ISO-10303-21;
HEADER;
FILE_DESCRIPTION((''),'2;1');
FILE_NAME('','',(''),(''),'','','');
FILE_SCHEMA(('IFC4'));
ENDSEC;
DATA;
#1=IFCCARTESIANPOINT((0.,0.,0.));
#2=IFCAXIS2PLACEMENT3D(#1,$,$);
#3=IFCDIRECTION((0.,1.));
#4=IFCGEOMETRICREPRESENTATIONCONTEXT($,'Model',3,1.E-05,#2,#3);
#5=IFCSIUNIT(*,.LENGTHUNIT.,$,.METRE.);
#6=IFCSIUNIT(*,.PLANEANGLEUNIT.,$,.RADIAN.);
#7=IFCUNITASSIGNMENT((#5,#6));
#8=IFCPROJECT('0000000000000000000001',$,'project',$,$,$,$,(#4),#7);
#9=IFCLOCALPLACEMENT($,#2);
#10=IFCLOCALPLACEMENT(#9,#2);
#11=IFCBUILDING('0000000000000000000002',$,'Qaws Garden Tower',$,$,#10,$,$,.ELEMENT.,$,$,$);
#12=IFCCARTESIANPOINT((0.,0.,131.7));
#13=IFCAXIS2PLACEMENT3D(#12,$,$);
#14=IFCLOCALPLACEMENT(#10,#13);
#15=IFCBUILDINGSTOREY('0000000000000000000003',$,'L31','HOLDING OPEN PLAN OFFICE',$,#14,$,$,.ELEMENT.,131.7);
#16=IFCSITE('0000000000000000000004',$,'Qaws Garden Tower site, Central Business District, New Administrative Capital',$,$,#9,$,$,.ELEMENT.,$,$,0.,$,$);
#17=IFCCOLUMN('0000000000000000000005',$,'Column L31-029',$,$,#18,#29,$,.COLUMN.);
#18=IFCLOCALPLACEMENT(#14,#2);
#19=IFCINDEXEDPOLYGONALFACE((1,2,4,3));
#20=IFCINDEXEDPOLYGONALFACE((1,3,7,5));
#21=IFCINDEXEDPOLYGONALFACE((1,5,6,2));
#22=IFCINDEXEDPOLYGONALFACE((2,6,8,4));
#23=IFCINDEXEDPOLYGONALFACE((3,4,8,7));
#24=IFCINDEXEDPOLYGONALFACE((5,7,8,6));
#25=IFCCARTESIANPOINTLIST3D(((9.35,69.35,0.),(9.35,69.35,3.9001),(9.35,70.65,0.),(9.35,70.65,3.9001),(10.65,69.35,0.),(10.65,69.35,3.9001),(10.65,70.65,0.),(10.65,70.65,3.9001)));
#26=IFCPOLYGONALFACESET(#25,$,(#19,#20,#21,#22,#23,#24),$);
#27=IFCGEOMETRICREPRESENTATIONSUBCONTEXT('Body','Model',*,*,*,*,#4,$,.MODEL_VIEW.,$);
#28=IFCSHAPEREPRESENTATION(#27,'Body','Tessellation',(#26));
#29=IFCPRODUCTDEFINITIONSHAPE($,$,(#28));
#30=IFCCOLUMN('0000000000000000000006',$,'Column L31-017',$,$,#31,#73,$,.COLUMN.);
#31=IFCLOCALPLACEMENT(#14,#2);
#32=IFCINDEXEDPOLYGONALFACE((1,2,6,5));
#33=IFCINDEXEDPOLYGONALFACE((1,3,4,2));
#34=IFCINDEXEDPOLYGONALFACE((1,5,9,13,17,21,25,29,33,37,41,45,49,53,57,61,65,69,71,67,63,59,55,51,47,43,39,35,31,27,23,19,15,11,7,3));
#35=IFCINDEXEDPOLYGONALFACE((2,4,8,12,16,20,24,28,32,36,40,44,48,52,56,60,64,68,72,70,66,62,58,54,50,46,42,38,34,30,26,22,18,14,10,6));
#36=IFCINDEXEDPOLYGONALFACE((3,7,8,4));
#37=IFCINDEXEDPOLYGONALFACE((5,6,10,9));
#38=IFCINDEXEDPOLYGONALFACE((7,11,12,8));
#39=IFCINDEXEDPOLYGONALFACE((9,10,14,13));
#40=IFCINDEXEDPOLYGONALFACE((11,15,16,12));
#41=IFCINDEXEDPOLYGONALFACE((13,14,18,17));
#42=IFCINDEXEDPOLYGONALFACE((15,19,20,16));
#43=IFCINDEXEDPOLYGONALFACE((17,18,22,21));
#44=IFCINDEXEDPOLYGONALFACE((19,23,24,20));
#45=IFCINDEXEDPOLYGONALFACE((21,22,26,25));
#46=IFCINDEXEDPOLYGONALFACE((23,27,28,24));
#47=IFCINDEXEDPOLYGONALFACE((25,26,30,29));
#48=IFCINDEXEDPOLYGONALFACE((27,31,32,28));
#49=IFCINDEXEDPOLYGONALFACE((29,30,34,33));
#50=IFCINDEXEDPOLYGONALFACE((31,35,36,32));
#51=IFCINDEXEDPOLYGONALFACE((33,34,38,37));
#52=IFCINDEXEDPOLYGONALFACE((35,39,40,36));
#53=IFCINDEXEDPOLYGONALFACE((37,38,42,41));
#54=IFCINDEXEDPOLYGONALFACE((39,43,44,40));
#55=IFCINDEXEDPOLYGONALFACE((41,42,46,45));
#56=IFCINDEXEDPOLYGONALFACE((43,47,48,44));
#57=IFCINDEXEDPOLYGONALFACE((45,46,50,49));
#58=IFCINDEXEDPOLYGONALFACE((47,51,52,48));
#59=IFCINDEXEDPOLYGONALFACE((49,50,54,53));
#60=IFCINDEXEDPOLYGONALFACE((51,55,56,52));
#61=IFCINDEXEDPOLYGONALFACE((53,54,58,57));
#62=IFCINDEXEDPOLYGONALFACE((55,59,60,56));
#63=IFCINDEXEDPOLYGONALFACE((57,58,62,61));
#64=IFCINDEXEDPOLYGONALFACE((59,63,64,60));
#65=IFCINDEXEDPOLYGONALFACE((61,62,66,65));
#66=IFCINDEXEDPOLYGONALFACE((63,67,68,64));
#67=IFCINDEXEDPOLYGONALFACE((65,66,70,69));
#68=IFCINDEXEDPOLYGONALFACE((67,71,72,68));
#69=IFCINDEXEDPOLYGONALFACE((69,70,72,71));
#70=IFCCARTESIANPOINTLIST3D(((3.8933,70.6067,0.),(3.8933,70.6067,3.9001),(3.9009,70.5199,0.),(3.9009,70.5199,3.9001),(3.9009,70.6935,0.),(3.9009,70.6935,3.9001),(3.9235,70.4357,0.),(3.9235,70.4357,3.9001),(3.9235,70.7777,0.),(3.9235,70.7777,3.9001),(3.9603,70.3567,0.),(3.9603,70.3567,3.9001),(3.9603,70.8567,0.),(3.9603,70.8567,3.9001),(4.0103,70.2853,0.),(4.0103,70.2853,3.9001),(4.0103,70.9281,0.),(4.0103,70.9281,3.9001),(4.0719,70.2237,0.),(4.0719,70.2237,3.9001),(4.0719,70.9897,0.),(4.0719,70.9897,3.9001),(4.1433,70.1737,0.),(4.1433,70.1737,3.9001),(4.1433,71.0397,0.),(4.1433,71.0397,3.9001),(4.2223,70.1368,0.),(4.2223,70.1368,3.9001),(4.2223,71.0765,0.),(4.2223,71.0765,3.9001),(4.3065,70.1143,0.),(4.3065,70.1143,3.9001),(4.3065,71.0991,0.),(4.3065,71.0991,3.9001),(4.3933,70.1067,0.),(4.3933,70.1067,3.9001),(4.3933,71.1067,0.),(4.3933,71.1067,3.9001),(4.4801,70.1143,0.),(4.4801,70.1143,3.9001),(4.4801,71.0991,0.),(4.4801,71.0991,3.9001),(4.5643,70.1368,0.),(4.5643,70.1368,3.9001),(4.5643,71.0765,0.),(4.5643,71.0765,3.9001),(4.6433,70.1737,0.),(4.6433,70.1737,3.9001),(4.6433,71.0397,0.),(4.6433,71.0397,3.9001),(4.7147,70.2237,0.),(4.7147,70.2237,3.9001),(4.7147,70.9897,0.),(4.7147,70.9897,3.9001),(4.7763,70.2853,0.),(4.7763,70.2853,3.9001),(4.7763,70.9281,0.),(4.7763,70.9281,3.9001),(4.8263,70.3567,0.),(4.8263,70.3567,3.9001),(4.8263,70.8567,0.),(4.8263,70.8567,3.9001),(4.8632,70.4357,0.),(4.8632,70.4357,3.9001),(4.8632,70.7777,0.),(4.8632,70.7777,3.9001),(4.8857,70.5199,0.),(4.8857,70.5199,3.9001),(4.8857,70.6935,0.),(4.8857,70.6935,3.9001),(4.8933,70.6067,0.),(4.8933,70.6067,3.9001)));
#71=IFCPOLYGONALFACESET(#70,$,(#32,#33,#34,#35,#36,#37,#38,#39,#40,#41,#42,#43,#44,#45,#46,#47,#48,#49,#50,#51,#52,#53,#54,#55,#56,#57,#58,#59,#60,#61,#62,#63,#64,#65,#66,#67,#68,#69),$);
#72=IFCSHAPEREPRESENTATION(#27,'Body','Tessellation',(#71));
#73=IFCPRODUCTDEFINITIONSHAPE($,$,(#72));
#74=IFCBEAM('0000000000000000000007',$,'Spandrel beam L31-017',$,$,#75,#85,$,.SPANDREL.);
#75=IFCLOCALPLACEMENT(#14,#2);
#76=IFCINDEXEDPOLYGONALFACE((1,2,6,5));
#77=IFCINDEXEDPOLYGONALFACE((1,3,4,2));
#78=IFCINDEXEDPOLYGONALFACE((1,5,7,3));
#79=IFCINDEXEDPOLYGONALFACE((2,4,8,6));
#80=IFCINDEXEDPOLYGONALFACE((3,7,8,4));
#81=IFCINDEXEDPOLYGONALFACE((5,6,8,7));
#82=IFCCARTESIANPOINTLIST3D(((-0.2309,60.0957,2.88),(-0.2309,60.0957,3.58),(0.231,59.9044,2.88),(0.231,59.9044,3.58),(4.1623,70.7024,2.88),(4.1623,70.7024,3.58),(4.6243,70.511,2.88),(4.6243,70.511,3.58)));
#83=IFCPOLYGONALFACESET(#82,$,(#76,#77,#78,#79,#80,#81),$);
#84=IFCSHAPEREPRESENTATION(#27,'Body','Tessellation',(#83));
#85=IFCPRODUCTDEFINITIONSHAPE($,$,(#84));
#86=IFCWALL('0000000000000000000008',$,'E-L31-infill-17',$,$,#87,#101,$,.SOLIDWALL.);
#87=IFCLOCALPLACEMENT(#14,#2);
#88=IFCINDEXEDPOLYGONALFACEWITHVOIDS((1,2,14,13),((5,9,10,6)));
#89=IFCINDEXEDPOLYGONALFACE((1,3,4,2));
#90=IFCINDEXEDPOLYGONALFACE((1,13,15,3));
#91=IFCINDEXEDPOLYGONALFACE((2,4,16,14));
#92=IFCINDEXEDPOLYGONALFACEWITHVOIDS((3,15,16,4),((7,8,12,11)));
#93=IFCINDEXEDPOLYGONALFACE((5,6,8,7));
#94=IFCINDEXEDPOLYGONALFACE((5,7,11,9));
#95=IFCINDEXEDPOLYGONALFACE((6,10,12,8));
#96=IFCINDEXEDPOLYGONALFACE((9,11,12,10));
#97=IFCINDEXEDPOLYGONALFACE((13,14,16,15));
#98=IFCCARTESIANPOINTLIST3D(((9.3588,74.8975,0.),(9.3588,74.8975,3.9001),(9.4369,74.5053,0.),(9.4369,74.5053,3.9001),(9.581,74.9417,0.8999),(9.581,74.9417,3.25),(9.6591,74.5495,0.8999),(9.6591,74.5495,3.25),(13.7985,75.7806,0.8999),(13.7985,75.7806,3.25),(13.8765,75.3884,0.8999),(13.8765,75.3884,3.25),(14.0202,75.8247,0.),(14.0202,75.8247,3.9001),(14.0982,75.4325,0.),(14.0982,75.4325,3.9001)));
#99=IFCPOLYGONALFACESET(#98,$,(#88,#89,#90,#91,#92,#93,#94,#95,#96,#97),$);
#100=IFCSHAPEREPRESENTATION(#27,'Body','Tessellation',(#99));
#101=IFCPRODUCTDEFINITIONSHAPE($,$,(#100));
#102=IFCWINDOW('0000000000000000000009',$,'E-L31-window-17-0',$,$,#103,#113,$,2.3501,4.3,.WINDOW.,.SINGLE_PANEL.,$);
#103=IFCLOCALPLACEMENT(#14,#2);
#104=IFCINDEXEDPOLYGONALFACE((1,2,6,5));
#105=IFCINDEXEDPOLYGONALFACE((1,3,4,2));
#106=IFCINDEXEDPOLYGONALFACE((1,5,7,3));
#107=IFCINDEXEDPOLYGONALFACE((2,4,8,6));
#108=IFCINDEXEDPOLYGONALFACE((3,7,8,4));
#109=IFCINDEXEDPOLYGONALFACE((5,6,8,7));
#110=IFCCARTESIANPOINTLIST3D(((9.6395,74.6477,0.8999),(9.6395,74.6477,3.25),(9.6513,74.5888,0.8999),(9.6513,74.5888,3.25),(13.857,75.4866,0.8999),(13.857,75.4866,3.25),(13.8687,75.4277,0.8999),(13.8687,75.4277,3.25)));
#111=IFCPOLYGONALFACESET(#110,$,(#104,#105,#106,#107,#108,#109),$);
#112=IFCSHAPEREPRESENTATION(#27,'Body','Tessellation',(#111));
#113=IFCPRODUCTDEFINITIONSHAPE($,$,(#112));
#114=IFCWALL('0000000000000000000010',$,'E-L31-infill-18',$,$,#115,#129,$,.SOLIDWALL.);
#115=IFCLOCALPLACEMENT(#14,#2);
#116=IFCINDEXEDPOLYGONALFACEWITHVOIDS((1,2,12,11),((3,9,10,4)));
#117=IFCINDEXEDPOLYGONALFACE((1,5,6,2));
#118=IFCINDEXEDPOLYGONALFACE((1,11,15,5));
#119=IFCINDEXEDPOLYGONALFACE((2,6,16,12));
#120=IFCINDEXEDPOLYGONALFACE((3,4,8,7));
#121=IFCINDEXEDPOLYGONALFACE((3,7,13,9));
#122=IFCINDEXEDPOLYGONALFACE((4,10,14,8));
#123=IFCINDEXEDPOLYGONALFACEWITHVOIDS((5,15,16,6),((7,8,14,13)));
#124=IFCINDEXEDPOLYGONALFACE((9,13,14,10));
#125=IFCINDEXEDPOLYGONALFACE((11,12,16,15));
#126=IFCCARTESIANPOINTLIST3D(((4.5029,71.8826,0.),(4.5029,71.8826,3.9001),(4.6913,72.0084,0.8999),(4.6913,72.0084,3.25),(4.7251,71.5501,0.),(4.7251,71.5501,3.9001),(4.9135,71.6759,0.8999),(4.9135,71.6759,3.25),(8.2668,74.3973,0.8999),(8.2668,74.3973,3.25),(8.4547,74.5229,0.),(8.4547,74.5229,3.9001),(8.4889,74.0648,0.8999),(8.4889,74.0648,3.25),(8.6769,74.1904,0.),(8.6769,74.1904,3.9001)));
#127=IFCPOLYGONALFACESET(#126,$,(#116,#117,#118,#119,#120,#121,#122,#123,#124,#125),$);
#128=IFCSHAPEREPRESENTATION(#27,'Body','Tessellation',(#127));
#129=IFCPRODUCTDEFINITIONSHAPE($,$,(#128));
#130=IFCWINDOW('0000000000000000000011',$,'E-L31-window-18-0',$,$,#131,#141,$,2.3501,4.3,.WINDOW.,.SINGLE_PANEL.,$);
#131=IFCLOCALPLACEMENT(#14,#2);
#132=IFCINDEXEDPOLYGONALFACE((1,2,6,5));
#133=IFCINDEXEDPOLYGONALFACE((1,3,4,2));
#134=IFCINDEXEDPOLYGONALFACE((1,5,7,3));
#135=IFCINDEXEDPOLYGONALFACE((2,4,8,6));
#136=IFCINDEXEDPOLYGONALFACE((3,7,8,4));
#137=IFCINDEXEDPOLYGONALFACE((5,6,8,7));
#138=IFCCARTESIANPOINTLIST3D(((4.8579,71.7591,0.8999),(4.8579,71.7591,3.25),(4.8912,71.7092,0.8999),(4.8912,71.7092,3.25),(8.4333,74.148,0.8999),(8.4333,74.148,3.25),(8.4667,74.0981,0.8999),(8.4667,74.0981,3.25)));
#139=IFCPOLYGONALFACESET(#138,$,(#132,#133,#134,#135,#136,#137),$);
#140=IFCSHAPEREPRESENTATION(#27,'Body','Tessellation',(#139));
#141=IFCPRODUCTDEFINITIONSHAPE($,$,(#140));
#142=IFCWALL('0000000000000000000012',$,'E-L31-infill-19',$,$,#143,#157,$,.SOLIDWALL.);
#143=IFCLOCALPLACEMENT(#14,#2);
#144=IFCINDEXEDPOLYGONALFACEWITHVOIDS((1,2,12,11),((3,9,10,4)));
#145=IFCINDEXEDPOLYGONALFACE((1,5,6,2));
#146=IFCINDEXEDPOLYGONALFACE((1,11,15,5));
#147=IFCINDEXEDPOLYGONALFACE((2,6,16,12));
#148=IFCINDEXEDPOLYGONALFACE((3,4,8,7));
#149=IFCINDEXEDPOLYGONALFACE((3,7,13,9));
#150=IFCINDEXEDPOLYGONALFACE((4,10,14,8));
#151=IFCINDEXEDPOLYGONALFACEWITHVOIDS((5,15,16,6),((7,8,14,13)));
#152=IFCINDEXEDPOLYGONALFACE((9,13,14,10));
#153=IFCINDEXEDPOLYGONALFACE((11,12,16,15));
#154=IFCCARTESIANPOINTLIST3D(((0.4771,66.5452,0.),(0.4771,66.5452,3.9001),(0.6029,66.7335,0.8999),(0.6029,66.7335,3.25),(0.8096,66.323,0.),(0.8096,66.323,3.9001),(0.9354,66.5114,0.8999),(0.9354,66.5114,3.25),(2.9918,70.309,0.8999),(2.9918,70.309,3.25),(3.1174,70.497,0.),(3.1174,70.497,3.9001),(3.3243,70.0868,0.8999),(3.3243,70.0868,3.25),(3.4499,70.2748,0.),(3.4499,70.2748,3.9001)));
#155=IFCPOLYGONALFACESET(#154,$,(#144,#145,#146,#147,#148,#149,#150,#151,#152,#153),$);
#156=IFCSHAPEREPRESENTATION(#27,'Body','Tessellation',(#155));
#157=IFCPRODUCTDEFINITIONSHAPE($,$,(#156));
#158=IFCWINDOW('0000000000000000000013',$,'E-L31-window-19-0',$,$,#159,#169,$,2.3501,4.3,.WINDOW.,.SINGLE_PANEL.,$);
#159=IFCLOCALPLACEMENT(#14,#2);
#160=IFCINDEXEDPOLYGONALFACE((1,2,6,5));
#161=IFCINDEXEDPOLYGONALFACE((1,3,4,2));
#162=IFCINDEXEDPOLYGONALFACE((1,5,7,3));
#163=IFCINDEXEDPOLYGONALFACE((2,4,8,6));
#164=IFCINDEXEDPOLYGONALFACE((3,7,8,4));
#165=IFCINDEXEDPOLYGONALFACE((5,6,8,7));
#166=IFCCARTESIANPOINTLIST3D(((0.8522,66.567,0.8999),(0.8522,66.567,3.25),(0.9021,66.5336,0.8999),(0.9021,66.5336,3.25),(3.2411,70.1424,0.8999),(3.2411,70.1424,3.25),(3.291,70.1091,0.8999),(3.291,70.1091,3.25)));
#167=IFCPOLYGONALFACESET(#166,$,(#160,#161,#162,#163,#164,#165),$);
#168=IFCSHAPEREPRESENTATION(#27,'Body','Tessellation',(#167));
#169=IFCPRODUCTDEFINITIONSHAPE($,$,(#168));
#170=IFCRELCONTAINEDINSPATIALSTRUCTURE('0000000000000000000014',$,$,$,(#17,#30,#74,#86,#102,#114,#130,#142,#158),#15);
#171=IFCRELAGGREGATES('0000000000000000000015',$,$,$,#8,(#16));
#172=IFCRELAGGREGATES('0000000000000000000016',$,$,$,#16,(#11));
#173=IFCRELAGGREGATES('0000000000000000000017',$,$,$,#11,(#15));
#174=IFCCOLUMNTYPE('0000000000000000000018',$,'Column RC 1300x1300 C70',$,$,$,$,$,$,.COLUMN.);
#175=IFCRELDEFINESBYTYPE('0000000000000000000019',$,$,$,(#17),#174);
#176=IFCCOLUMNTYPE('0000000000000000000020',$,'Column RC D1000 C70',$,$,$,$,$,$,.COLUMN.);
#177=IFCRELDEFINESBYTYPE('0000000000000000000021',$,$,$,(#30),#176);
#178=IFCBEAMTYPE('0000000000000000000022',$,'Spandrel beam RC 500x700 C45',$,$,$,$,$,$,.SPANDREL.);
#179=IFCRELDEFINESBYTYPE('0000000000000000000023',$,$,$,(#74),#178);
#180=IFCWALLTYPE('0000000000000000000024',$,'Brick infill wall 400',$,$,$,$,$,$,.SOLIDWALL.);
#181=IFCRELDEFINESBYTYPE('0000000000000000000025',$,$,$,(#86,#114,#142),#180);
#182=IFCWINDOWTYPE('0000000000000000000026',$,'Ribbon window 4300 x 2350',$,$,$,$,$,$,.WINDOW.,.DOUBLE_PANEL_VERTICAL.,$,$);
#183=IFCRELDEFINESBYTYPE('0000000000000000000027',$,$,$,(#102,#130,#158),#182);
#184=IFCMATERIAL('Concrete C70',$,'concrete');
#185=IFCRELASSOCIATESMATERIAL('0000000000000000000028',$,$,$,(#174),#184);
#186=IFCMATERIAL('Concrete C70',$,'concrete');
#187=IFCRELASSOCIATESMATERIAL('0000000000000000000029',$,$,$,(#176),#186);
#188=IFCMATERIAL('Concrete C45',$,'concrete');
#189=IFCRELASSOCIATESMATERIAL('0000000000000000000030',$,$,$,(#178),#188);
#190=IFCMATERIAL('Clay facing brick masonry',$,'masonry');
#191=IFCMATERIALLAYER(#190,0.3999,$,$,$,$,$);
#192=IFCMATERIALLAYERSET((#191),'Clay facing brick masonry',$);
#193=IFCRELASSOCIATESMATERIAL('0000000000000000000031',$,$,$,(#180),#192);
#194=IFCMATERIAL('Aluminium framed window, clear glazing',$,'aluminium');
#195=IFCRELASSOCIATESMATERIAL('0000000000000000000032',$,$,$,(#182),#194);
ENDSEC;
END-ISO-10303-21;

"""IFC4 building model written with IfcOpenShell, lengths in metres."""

from ifc_helpers import new_model, si_unit, direction, frame, frame_2d, origin, origin_2d, place, context, subcontext, project, spatial, rectangle, circle, extrude, material, layer, layer_set, material_profile, profile_set, type_object, element, fill, save


model = new_model("IFC4")

# Units and contexts
model_context = context("Model", 3, precision=1e-05, world=origin(), true_north=direction((0.0, 1.0)))
body_context = subcontext(model_context, "Body", "Model", "MODEL_VIEW")
ifc_project = project(units=[si_unit("LENGTHUNIT", "METRE"), si_unit("PLANEANGLEUNIT", "RADIAN")], contexts=[model_context])

# Site, building, storey
site_placement = place(None, origin())
site = spatial("IfcSite", under=ifc_project, at=site_placement, Name="Qaws Garden Tower site, Central Business District, New Administrative Capital", CompositionType="ELEMENT", RefElevation=0.0)
building_placement = place(site_placement, origin())
building = spatial("IfcBuilding", under=site, at=building_placement, Name="Qaws Garden Tower", CompositionType="ELEMENT")
storey_placement = place(building_placement, frame((0.0, 0.0, 131.7)))
storey = spatial("IfcBuildingStorey", under=building, at=storey_placement, Name="L31", Description="HOLDING OPEN PLAN OFFICE", CompositionType="ELEMENT", Elevation=131.7)

# Columns
ifc_material_1 = material(Name="Concrete C70", Category="concrete")
ifc_material_profile_1 = material_profile(ifc_material_1, rectangle(XDim=1.3, YDim=1.3, at=origin_2d()), Name="RC 1300x1300")
ifc_profile_set_1 = profile_set([ifc_material_profile_1], Name="Concrete C70")
column_type_1 = type_object("IfcColumnType", Name="Column RC 1300x1300 C70", PredefinedType="COLUMN", material=ifc_profile_set_1)
column_1_placement = place(storey_placement, frame((10.0, 70.0, 0.0), z_axis=(0.0, 0.0, 1.0), x_axis=(1.0, 0.0, 0.0)))
element("IfcColumn", 1, at=column_1_placement, inside=storey, type_object=column_type_1, Name="Column L31-029", PredefinedType="COLUMN", context=body_context, shape_type="SweptSolid", body=[
    extrude(rectangle(XDim=1.3, YDim=1.3, at=origin_2d()), origin(), (0.0, 0.0, 1.0), 3.9001),
])
ifc_material_2 = material(Name="Concrete C70", Category="concrete")
ifc_material_profile_2 = material_profile(ifc_material_2, circle(Radius=0.5, at=origin_2d()), Name="RC D1000")
ifc_profile_set_2 = profile_set([ifc_material_profile_2], Name="Concrete C70")
column_type_2 = type_object("IfcColumnType", Name="Column RC D1000 C70", PredefinedType="COLUMN", material=ifc_profile_set_2)
column_2_placement = place(storey_placement, frame((4.3933, 70.6067, 0.0), z_axis=(0.0, 0.0, 1.0), x_axis=(1.0, 0.0, 0.0)))
element("IfcColumn", 2, at=column_2_placement, inside=storey, type_object=column_type_2, Name="Column L31-017", PredefinedType="COLUMN", context=body_context, shape_type="SweptSolid", body=[
    extrude(circle(Radius=0.5, at=origin_2d()), origin(), (0.0, 0.0, 1.0), 3.9001),
])

# Beam
ifc_material_3 = material(Name="Concrete C45", Category="concrete")
ifc_material_profile_3 = material_profile(ifc_material_3, rectangle(XDim=0.5, YDim=0.7, at=origin_2d()), Name="RC 500x700")
ifc_profile_set_3 = profile_set([ifc_material_profile_3], Name="Concrete C45")
beam_type = type_object("IfcBeamType", Name="Spandrel beam RC 500x700 C45", PredefinedType="SPANDREL", material=ifc_profile_set_3)
beam_placement = place(storey_placement, frame((4.3933, 70.6067, 3.23), z_axis=(-0.382674, -0.923883, 0.0), x_axis=(0.923883, -0.382674, 0.0)))
element("IfcBeam", 3, at=beam_placement, inside=storey, type_object=beam_type, Name="Spandrel beam L31-017", PredefinedType="SPANDREL", context=body_context, shape_type="SweptSolid", body=[
    extrude(rectangle(XDim=0.5, YDim=0.7, at=origin_2d()), origin(), (0.0, 0.0, 1.0), 11.4805),
])

# Walls, openings, windows
ifc_material_4 = material(Name="Clay facing brick masonry", Category="masonry")
ifc_layer_1 = layer(ifc_material_4, 0.3999)
ifc_layer_set_1 = layer_set([ifc_layer_1], Name="Clay facing brick masonry")
wall_type_1 = type_object("IfcWallType", Name="Brick infill wall 400", PredefinedType="SOLIDWALL", material=ifc_layer_set_1)
wall_1_placement = place(storey_placement, frame((14.0593, 75.6287, 0.0), z_axis=(0.0, 0.0, 1.0), x_axis=(-0.980784, -0.195099, 0.0)))
wall_1 = element("IfcWall", 4, at=wall_1_placement, inside=storey, type_object=wall_type_1, Name="E-L31-infill-17", PredefinedType="SOLIDWALL", context=body_context, shape_type="SweptSolid", body=[
    extrude(rectangle(XDim=4.7527, YDim=0.3999, at=frame_2d((2.3765, 0.0))), origin(), (0.0, 0.0, 1.0), 3.9001),
])
opening_1_placement = place(wall_1_placement, frame((0.2263, 0.0, 0.8999)))
opening_1 = element("IfcOpeningElement", 5, at=opening_1_placement, cuts=wall_1, PredefinedType="OPENING", context=body_context, shape_type="SweptSolid", body=[
    extrude(rectangle(XDim=4.3, YDim=2.3501, at=frame_2d((2.1499, 1.175))), frame((0.0, 0.21, 0.0), z_axis=(0.0, -1.0, 0.0), x_axis=(1.0, 0.0, 0.0)), (0.0, 0.0, 1.0), 0.4199),
])
ifc_material_5 = material(Name="Aluminium framed window, clear glazing", Category="aluminium")
window_type = type_object("IfcWindowType", Name="Ribbon window 4300 x 2350", PartitioningType="DOUBLE_PANEL_VERTICAL", PredefinedType="WINDOW", material=ifc_material_5)
window_1_placement = place(opening_1_placement, origin())
window_1 = element("IfcWindow", 6, at=window_1_placement, inside=storey, type_object=window_type, Name="E-L31-window-17-0", OverallHeight=2.3501, OverallWidth=4.3, PartitioningType="SINGLE_PANEL", PredefinedType="WINDOW", context=body_context, shape_type="SweptSolid", body=[
    extrude(rectangle(XDim=4.3, YDim=2.3501, at=frame_2d((2.1499, 1.175))), frame((0.0, 0.1599, 0.0), z_axis=(0.0, -1.0, 0.0), x_axis=(1.0, 0.0, 0.0)), (0.0, 0.0, 1.0), 0.0601),
])
fill(opening_1, window_1)
wall_2_placement = place(storey_placement, frame((8.5659, 74.3567, 0.0), z_axis=(0.0, 0.0, 1.0), x_axis=(-0.831489, -0.555542, 0.0)))
wall_2 = element("IfcWall", 7, at=wall_2_placement, inside=storey, type_object=wall_type_1, Name="E-L31-infill-18", PredefinedType="SOLIDWALL", context=body_context, shape_type="SweptSolid", body=[
    extrude(rectangle(XDim=4.7527, YDim=0.3999, at=frame_2d((2.3765, 0.0))), origin(), (0.0, 0.0, 1.0), 3.9001),
])
opening_2_placement = place(wall_2_placement, frame((0.2263, 0.0, 0.8999)))
opening_2 = element("IfcOpeningElement", 8, at=opening_2_placement, cuts=wall_2, PredefinedType="OPENING", context=body_context, shape_type="SweptSolid", body=[
    extrude(rectangle(XDim=4.3, YDim=2.3501, at=frame_2d((2.1499, 1.175))), frame((0.0, 0.21, 0.0), z_axis=(0.0, -1.0, 0.0), x_axis=(1.0, 0.0, 0.0)), (0.0, 0.0, 1.0), 0.4199),
])
window_2_placement = place(opening_2_placement, origin())
window_2 = element("IfcWindow", 9, at=window_2_placement, inside=storey, type_object=window_type, Name="E-L31-window-18-0", OverallHeight=2.3501, OverallWidth=4.3, PartitioningType="SINGLE_PANEL", PredefinedType="WINDOW", context=body_context, shape_type="SweptSolid", body=[
    extrude(rectangle(XDim=4.3, YDim=2.3501, at=frame_2d((2.1499, 1.175))), frame((0.0, 0.1599, 0.0), z_axis=(0.0, -1.0, 0.0), x_axis=(1.0, 0.0, 0.0)), (0.0, 0.0, 1.0), 0.0601),
])
fill(opening_2, window_2)
wall_3_placement = place(storey_placement, frame((3.2837, 70.386, 0.0), z_axis=(0.0, 0.0, 1.0), x_axis=(-0.555542, -0.831489, 0.0)))
wall_3 = element("IfcWall", 10, at=wall_3_placement, inside=storey, type_object=wall_type_1, Name="E-L31-infill-19", PredefinedType="SOLIDWALL", context=body_context, shape_type="SweptSolid", body=[
    extrude(rectangle(XDim=4.7527, YDim=0.3999, at=frame_2d((2.3765, 0.0))), origin(), (0.0, 0.0, 1.0), 3.9001),
])
opening_3_placement = place(wall_3_placement, frame((0.2263, 0.0, 0.8999)))
opening_3 = element("IfcOpeningElement", 11, at=opening_3_placement, cuts=wall_3, PredefinedType="OPENING", context=body_context, shape_type="SweptSolid", body=[
    extrude(rectangle(XDim=4.3, YDim=2.3501, at=frame_2d((2.1499, 1.175))), frame((0.0, 0.21, 0.0), z_axis=(0.0, -1.0, 0.0), x_axis=(1.0, 0.0, 0.0)), (0.0, 0.0, 1.0), 0.4199),
])
window_3_placement = place(opening_3_placement, origin())
window_3 = element("IfcWindow", 12, at=window_3_placement, inside=storey, type_object=window_type, Name="E-L31-window-19-0", OverallHeight=2.3501, OverallWidth=4.3, PartitioningType="SINGLE_PANEL", PredefinedType="WINDOW", context=body_context, shape_type="SweptSolid", body=[
    extrude(rectangle(XDim=4.3, YDim=2.3501, at=frame_2d((2.1499, 1.175))), frame((0.0, 0.1599, 0.0), z_axis=(0.0, -1.0, 0.0), x_axis=(1.0, 0.0, 0.0)), (0.0, 0.0, 1.0), 0.0601),
])
fill(opening_3, window_3)

save(model, "model.ifc")
